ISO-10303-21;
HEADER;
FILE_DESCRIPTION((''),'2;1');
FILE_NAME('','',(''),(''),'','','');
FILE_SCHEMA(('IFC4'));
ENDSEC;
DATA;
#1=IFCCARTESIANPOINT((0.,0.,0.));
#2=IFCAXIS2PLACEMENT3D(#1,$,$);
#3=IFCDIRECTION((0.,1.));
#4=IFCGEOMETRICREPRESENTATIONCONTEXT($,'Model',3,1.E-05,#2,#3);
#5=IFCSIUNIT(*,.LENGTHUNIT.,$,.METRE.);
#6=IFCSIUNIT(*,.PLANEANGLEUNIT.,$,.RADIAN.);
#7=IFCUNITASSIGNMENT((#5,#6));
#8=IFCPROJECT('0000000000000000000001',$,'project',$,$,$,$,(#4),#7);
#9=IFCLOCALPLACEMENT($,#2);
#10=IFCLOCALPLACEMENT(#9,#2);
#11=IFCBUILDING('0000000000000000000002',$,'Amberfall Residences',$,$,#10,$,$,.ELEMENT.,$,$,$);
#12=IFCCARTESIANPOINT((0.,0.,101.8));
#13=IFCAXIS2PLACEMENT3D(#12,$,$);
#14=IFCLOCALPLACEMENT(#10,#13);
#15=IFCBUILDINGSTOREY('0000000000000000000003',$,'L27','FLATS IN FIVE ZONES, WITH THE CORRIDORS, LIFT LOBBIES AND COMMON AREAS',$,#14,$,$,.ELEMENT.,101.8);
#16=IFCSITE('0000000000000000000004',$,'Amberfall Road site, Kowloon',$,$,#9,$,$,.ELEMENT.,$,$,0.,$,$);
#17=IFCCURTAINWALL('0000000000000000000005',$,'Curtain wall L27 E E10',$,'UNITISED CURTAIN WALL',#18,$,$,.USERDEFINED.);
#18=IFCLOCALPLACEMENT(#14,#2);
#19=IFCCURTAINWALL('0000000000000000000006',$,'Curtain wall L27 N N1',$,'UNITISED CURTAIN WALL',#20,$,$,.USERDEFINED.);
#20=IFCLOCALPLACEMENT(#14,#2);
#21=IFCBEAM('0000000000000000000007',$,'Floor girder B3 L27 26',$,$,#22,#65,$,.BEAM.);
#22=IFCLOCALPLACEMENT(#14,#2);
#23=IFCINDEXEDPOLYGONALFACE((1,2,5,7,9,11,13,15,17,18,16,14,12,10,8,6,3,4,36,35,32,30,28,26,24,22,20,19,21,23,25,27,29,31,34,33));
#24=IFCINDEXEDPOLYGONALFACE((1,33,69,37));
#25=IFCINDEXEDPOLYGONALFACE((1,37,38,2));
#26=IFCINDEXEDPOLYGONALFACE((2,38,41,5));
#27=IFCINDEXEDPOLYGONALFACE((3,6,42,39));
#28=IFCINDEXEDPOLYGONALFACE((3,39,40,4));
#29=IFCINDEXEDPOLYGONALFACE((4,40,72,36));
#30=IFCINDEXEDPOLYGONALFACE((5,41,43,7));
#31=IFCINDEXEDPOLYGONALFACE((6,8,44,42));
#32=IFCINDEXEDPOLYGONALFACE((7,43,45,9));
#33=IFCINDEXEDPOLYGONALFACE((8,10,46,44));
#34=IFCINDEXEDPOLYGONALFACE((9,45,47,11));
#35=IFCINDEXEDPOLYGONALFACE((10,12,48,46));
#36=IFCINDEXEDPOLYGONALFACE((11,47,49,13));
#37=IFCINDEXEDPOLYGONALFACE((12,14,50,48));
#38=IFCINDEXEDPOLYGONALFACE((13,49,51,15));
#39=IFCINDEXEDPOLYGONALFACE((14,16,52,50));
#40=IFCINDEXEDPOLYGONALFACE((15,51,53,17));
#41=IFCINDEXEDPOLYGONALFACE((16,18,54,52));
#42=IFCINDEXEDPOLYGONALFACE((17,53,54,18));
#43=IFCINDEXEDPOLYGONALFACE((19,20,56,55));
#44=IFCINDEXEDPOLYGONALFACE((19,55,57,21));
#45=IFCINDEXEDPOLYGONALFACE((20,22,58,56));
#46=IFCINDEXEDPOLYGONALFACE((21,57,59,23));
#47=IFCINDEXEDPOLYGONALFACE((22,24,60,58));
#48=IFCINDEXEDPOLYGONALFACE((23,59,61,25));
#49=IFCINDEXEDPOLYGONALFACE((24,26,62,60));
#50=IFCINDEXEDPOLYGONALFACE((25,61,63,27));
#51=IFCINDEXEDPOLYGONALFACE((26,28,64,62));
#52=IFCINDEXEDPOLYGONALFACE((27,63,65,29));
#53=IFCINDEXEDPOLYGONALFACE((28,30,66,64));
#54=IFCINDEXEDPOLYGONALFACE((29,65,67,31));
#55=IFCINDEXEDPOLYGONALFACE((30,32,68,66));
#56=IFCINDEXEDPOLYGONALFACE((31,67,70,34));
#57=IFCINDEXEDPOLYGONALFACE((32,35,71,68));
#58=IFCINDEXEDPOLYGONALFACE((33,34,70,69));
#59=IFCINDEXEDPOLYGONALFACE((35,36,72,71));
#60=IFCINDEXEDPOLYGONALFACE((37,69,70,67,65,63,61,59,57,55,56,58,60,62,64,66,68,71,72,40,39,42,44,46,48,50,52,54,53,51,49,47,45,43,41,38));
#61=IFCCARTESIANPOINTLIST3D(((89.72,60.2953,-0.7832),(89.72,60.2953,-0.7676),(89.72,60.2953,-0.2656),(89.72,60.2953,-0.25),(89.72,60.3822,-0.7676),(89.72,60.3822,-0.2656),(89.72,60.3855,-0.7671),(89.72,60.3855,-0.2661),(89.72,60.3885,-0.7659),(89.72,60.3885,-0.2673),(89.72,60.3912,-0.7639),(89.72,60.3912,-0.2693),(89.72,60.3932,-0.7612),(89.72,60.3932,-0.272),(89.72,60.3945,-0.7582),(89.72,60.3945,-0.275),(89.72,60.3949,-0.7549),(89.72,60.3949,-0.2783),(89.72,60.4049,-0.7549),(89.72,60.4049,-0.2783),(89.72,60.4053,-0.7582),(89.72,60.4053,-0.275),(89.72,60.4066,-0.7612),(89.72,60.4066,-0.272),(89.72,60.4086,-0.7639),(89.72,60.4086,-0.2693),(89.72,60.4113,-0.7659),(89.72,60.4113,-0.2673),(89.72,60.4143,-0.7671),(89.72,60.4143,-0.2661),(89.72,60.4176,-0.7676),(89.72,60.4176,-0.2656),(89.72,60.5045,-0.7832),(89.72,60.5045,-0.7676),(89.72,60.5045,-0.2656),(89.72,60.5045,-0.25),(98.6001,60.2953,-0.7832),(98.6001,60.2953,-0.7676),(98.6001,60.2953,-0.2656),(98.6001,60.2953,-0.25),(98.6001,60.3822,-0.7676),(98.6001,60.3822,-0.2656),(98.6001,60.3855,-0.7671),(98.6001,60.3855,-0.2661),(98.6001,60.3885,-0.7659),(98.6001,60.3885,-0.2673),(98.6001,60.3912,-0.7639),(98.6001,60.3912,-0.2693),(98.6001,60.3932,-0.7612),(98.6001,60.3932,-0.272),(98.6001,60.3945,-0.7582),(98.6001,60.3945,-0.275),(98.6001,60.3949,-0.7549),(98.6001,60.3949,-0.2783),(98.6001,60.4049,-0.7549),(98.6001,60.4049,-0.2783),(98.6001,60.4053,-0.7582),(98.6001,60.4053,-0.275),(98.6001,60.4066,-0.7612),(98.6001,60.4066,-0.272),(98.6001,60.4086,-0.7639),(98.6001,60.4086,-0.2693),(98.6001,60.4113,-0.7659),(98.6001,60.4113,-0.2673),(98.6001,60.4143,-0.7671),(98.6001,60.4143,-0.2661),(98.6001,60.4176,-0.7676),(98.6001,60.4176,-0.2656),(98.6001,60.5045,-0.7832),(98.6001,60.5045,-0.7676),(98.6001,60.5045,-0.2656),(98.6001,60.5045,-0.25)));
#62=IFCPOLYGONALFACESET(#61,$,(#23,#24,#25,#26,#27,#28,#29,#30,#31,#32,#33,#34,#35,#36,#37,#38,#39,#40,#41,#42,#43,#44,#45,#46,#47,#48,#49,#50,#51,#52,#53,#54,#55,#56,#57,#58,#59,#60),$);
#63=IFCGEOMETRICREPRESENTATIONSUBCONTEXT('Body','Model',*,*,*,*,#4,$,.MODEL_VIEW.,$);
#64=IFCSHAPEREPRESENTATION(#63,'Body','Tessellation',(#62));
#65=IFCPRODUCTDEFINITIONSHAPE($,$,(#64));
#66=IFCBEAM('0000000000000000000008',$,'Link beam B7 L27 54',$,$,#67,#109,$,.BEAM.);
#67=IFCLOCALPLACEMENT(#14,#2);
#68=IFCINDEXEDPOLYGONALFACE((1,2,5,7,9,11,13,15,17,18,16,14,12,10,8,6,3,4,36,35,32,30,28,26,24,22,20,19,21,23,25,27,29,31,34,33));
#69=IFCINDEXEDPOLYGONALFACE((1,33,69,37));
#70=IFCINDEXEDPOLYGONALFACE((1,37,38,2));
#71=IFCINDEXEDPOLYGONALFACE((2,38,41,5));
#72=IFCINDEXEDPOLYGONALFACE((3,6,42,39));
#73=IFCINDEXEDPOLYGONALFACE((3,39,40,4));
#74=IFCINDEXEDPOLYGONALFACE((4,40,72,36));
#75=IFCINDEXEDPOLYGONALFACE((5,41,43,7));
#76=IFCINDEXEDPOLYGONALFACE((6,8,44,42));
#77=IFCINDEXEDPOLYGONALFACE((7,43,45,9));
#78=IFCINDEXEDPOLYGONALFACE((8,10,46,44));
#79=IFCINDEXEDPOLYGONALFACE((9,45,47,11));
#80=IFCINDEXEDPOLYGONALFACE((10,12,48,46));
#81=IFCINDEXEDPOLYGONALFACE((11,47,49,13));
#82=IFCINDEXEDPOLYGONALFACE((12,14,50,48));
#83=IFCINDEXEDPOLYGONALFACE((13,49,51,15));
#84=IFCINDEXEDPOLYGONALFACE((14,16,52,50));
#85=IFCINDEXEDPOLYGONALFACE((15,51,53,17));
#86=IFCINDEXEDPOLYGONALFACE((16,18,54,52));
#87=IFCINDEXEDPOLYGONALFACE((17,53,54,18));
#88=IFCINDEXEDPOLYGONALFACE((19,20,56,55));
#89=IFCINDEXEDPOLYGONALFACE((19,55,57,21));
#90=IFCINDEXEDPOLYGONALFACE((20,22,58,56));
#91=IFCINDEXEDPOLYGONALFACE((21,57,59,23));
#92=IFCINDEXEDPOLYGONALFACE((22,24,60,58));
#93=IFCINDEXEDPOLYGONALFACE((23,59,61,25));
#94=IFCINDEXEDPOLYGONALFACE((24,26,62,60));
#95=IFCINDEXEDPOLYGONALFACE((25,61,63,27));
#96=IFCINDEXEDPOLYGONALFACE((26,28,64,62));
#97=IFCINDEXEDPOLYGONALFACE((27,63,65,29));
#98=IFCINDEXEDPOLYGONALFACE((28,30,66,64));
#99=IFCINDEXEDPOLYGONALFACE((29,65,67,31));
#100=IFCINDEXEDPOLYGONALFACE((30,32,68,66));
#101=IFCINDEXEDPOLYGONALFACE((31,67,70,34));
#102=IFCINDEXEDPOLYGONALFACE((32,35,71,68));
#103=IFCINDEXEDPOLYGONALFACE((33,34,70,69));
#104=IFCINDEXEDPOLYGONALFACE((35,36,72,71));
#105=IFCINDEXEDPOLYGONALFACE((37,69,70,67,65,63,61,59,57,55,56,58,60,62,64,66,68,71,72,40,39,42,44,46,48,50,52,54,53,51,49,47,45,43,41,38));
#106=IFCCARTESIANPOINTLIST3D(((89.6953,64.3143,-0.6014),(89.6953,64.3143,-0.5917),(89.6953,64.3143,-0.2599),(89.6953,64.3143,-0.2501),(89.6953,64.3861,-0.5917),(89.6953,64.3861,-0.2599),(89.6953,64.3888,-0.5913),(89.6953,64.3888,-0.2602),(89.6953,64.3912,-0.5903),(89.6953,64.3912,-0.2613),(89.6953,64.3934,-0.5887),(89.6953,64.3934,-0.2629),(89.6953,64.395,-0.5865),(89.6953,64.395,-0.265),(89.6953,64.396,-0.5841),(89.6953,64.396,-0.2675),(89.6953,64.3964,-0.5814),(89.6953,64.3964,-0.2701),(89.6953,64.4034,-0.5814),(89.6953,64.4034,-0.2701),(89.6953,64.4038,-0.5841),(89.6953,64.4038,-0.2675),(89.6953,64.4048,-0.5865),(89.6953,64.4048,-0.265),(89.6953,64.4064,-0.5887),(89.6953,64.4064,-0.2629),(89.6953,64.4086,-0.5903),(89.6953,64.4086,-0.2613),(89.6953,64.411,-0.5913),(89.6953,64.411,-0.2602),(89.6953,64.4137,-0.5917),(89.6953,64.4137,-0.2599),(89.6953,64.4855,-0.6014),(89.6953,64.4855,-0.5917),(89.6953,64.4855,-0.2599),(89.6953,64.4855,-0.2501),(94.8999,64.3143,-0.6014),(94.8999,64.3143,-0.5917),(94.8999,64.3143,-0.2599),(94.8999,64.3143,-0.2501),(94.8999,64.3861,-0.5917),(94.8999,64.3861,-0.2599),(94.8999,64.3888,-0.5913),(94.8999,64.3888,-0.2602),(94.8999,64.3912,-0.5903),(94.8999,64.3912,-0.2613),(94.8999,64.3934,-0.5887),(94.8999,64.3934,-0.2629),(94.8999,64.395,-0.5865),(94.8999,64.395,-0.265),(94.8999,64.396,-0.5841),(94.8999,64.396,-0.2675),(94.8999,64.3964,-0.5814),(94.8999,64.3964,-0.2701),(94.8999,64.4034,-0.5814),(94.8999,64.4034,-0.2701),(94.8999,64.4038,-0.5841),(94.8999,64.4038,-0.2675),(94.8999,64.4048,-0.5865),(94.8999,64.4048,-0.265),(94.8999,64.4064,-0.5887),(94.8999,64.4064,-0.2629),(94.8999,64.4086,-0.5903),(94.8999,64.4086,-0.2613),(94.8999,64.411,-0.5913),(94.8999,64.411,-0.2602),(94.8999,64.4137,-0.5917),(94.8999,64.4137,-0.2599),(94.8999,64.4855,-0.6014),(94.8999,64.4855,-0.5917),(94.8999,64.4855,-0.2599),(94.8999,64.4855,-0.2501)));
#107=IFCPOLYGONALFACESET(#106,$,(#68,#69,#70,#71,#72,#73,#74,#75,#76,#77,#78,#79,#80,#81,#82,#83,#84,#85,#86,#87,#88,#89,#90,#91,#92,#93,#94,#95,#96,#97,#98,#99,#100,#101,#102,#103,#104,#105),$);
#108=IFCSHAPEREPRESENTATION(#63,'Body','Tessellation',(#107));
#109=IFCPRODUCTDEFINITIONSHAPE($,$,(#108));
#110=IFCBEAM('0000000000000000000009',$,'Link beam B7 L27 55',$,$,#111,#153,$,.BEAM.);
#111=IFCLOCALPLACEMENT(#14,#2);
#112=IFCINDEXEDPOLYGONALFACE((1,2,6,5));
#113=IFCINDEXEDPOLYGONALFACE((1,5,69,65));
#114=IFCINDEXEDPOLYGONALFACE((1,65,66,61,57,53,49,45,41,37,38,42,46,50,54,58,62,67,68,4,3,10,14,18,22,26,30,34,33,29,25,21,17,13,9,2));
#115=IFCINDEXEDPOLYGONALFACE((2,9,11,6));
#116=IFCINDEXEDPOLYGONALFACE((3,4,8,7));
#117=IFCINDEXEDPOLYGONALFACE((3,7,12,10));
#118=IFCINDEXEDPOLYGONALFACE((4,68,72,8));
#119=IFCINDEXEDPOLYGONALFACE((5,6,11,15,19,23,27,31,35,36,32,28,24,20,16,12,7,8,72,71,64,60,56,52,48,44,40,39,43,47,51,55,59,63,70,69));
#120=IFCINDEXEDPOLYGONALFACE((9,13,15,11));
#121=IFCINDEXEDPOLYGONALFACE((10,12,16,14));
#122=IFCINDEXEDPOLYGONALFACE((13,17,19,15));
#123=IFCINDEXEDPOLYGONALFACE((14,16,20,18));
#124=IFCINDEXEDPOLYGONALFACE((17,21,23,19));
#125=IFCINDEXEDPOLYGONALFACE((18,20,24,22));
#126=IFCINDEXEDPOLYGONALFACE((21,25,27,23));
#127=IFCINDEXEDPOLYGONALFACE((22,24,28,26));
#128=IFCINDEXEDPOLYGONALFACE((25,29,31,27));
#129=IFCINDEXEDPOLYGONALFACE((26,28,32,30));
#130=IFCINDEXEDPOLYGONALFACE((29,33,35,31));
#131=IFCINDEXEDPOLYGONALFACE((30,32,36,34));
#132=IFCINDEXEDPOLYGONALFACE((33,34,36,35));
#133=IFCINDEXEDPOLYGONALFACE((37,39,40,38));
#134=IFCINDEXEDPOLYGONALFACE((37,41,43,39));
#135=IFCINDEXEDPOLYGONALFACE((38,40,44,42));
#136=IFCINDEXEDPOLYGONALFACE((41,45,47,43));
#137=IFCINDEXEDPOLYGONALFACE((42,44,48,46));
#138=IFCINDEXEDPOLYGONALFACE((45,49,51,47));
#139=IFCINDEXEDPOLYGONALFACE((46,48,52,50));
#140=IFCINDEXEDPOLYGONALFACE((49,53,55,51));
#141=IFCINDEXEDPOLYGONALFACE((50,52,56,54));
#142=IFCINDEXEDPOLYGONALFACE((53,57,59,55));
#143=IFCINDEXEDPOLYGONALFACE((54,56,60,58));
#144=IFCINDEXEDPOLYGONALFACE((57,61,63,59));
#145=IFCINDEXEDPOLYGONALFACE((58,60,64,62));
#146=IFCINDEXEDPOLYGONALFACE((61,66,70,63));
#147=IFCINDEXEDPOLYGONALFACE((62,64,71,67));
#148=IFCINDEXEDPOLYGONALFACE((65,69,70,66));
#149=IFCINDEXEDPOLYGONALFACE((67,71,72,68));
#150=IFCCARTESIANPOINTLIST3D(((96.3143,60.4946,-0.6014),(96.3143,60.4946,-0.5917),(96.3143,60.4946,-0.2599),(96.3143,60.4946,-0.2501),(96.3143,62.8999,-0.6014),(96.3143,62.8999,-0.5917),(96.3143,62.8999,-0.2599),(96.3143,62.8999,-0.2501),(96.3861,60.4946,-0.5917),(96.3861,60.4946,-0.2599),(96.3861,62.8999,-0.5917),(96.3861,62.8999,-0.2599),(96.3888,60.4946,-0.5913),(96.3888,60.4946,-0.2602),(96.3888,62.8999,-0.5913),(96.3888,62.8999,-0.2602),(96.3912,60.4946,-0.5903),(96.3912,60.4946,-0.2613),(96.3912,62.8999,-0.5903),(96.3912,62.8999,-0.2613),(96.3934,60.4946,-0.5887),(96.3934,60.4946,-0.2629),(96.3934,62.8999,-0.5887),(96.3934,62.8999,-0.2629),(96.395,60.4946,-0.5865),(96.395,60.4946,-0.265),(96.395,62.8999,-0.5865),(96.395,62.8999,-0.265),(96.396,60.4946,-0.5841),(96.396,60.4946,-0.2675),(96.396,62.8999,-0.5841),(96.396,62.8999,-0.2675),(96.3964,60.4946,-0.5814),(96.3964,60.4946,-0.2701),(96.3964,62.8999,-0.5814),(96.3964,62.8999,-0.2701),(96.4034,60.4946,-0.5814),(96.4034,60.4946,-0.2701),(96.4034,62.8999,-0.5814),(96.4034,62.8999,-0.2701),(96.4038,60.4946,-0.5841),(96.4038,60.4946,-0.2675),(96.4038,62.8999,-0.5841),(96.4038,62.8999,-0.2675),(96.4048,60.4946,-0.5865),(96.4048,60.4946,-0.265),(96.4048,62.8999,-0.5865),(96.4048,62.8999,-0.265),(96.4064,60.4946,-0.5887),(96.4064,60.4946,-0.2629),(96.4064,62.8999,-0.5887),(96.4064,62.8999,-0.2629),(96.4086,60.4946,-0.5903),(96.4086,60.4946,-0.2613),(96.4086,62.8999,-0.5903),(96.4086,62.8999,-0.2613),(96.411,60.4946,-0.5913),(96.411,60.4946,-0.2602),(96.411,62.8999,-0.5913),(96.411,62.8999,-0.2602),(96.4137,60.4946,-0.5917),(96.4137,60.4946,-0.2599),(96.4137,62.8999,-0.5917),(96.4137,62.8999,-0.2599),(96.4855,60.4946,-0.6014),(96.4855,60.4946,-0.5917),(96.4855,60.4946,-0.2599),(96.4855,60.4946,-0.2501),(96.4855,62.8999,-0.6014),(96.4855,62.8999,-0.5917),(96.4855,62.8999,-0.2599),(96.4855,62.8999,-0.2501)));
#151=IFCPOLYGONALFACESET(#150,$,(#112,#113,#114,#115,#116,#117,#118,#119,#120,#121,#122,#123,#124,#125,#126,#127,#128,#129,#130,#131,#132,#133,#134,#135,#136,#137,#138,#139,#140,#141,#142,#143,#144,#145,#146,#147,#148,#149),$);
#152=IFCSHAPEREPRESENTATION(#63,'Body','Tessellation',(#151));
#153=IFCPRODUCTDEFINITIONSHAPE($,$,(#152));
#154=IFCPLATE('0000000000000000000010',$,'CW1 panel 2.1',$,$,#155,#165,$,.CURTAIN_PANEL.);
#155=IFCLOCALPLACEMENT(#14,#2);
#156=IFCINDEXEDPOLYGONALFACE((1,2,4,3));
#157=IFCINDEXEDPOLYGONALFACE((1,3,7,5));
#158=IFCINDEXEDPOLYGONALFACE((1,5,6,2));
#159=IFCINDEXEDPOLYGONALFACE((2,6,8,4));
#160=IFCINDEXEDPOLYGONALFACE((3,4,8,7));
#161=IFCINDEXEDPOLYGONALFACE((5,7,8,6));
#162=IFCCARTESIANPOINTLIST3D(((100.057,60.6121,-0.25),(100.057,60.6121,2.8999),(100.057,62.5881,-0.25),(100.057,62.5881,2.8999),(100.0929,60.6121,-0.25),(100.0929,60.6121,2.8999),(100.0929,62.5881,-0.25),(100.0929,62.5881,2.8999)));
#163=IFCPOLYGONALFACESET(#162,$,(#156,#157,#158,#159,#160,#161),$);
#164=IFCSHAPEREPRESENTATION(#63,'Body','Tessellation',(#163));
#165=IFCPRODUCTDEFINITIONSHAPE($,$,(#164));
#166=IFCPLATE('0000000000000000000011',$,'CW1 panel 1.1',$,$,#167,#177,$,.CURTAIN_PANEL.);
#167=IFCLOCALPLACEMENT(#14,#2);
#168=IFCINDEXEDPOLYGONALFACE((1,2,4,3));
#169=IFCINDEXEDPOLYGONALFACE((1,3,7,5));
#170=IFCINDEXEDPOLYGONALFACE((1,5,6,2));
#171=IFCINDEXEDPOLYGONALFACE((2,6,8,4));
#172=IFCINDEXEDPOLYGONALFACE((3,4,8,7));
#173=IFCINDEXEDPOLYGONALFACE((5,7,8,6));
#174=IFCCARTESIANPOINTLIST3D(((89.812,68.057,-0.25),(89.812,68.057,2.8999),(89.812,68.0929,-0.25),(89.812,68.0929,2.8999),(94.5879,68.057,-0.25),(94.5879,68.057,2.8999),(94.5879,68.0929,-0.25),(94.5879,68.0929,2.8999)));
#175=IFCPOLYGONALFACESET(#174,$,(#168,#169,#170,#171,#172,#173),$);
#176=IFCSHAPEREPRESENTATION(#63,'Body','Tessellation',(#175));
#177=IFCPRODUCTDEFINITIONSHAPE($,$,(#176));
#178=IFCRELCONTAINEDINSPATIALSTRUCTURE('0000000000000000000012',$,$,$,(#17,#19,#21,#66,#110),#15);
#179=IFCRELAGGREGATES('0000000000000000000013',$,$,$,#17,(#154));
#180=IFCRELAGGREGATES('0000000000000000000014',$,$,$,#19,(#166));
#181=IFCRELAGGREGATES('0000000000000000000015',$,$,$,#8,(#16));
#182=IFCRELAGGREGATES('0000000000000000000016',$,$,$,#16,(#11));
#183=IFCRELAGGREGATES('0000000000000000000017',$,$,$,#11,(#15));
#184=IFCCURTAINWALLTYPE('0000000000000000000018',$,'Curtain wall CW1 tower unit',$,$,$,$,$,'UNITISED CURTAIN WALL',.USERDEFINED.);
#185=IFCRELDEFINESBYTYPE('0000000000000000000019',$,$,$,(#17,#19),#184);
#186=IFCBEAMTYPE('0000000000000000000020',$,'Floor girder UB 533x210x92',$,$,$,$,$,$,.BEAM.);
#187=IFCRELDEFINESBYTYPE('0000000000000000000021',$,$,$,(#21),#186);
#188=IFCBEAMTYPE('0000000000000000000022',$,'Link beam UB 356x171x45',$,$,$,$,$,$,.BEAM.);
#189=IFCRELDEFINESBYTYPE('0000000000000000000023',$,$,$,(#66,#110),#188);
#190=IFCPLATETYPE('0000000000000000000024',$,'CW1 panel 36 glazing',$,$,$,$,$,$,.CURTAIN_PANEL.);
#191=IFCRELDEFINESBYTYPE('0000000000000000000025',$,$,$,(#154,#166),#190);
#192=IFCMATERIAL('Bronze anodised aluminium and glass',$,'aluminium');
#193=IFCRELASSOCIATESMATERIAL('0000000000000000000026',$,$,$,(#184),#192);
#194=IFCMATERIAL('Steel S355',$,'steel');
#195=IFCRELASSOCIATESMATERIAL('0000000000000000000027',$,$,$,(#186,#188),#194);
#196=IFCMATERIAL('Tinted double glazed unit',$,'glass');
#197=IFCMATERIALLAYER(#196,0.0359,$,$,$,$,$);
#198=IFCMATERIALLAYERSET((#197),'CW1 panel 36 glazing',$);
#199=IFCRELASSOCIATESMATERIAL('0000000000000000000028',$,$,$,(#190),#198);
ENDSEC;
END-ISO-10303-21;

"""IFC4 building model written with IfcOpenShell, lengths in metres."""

from ifc_helpers import new_model, si_unit, direction, frame, origin, origin_2d, place, context, subcontext, project, spatial, rectangle, i_section, extrude, material, layer, layer_set, material_profile, profile_set, type_object, element, aggregate, save


model = new_model("IFC4")

# Units and contexts
model_context = context("Model", 3, precision=1e-05, world=origin(), true_north=direction((0.0, 1.0)))
body_context = subcontext(model_context, "Body", "Model", "MODEL_VIEW")
ifc_project = project(units=[si_unit("LENGTHUNIT", "METRE"), si_unit("PLANEANGLEUNIT", "RADIAN")], contexts=[model_context])

# Site, building, storey
site_placement = place(None, origin())
site = spatial("IfcSite", under=ifc_project, at=site_placement, Name="Amberfall Road site, Kowloon", CompositionType="ELEMENT", RefElevation=0.0)
building_placement = place(site_placement, origin())
building = spatial("IfcBuilding", under=site, at=building_placement, Name="Amberfall Residences", CompositionType="ELEMENT")
storey_placement = place(building_placement, frame((0.0, 0.0, 101.8)))
storey = spatial("IfcBuildingStorey", under=building, at=storey_placement, Name="L27", Description="FLATS IN FIVE ZONES, WITH THE CORRIDORS, LIFT LOBBIES AND COMMON AREAS", CompositionType="ELEMENT", Elevation=101.8)

# Curtain wall
ifc_material_1 = material(Name="Bronze anodised aluminium and glass", Category="aluminium")
curtain_wall_type = type_object("IfcCurtainWallType", Name="Curtain wall CW1 tower unit", ElementType="UNITISED CURTAIN WALL", PredefinedType="USERDEFINED", material=ifc_material_1)
curtain_wall_1_placement = place(storey_placement, origin())
curtain_wall_1 = element("IfcCurtainWall", 1, at=curtain_wall_1_placement, inside=storey, type_object=curtain_wall_type, Name="Curtain wall L27 E E10", ObjectType="UNITISED CURTAIN WALL", PredefinedType="USERDEFINED")

# Curtain wall
curtain_wall_2_placement = place(storey_placement, origin())
curtain_wall_2 = element("IfcCurtainWall", 2, at=curtain_wall_2_placement, inside=storey, type_object=curtain_wall_type, Name="Curtain wall L27 N N1", ObjectType="UNITISED CURTAIN WALL", PredefinedType="USERDEFINED")

# Beams
ifc_material_2 = material(Name="Steel S355", Category="steel")
ifc_material_profile_1 = material_profile(ifc_material_2, i_section(OverallWidth=0.2092, OverallDepth=0.5332, WebThickness=0.01, FlangeThickness=0.0156, FilletRadius=0.0127, at=origin_2d()), Name="UB 533x210x92")
ifc_profile_set_1 = profile_set([ifc_material_profile_1], Name="Steel S355")
beam_type_1 = type_object("IfcBeamType", Name="Floor girder UB 533x210x92", PredefinedType="BEAM", material=ifc_profile_set_1)
beam_1_placement = place(storey_placement, frame((98.6001, 60.3999, -0.5166), z_axis=(-1.0, 0.0, 0.0), x_axis=(0.0, -1.0, 0.0)))
element("IfcBeam", 3, at=beam_1_placement, inside=storey, type_object=beam_type_1, Name="Floor girder B3 L27 26", PredefinedType="BEAM", context=body_context, shape_type="SweptSolid", body=[
    extrude(i_section(OverallWidth=0.2092, OverallDepth=0.5332, WebThickness=0.01, FlangeThickness=0.0156, FilletRadius=0.0127, at=origin_2d()), origin(), (0.0, 0.0, 1.0), 8.8801),
])
ifc_material_profile_2 = material_profile(ifc_material_2, i_section(OverallWidth=0.1711, OverallDepth=0.3513, WebThickness=0.0071, FlangeThickness=0.0098, FilletRadius=0.0103, at=origin_2d()), Name="UB 356x171x45")
ifc_profile_set_2 = profile_set([ifc_material_profile_2], Name="Steel S355")
beam_type_2 = type_object("IfcBeamType", Name="Link beam UB 356x171x45", PredefinedType="BEAM", material=ifc_profile_set_2)
beam_2_placement = place(storey_placement, frame((94.8999, 64.3999, -0.4258), z_axis=(-1.0, 0.0, 0.0), x_axis=(0.0, -1.0, 0.0)))
element("IfcBeam", 4, at=beam_2_placement, inside=storey, type_object=beam_type_2, Name="Link beam B7 L27 54", PredefinedType="BEAM", context=body_context, shape_type="SweptSolid", body=[
    extrude(i_section(OverallWidth=0.1711, OverallDepth=0.3513, WebThickness=0.0071, FlangeThickness=0.0098, FilletRadius=0.0103, at=origin_2d()), origin(), (0.0, 0.0, 1.0), 5.2046),
])
beam_3_placement = place(storey_placement, frame((96.3999, 62.8999, -0.4258), z_axis=(0.0, -1.0, 0.0), x_axis=(1.0, 0.0, 0.0)))
element("IfcBeam", 5, at=beam_3_placement, inside=storey, type_object=beam_type_2, Name="Link beam B7 L27 55", PredefinedType="BEAM", context=body_context, shape_type="SweptSolid", body=[
    extrude(i_section(OverallWidth=0.1711, OverallDepth=0.3513, WebThickness=0.0071, FlangeThickness=0.0098, FilletRadius=0.0103, at=origin_2d()), origin(), (0.0, 0.0, 1.0), 2.4053),
])

# Plates
ifc_material_3 = material(Name="Tinted double glazed unit", Category="glass")
ifc_layer_1 = layer(ifc_material_3, 0.0359)
ifc_layer_set_1 = layer_set([ifc_layer_1], Name="CW1 panel 36 glazing")
plate_type = type_object("IfcPlateType", Name="CW1 panel 36 glazing", PredefinedType="CURTAIN_PANEL", material=ifc_layer_set_1)
plate_1_placement = place(storey_placement, frame((100.075, 61.6001, -0.25), z_axis=(0.0, 0.0, 1.0), x_axis=(0.0, 1.0, 0.0)))
plate_1 = element("IfcPlate", 6, at=plate_1_placement, type_object=plate_type, Name="CW1 panel 2.1", PredefinedType="CURTAIN_PANEL", context=body_context, shape_type="SweptSolid", body=[
    extrude(rectangle(XDim=1.9761, YDim=0.0359, at=origin_2d()), origin(), (0.0, 0.0, 1.0), 3.1499),
])
aggregate(curtain_wall_1, [plate_1])
plate_2_placement = place(storey_placement, frame((92.2, 68.075, -0.25), z_axis=(0.0, 0.0, 1.0), x_axis=(-1.0, 0.0, 0.0)))
plate_2 = element("IfcPlate", 7, at=plate_2_placement, type_object=plate_type, Name="CW1 panel 1.1", PredefinedType="CURTAIN_PANEL", context=body_context, shape_type="SweptSolid", body=[
    extrude(rectangle(XDim=4.7759, YDim=0.0359, at=origin_2d()), origin(), (0.0, 0.0, 1.0), 3.1499),
])
aggregate(curtain_wall_2, [plate_2])

save(model, "model.ifc")
